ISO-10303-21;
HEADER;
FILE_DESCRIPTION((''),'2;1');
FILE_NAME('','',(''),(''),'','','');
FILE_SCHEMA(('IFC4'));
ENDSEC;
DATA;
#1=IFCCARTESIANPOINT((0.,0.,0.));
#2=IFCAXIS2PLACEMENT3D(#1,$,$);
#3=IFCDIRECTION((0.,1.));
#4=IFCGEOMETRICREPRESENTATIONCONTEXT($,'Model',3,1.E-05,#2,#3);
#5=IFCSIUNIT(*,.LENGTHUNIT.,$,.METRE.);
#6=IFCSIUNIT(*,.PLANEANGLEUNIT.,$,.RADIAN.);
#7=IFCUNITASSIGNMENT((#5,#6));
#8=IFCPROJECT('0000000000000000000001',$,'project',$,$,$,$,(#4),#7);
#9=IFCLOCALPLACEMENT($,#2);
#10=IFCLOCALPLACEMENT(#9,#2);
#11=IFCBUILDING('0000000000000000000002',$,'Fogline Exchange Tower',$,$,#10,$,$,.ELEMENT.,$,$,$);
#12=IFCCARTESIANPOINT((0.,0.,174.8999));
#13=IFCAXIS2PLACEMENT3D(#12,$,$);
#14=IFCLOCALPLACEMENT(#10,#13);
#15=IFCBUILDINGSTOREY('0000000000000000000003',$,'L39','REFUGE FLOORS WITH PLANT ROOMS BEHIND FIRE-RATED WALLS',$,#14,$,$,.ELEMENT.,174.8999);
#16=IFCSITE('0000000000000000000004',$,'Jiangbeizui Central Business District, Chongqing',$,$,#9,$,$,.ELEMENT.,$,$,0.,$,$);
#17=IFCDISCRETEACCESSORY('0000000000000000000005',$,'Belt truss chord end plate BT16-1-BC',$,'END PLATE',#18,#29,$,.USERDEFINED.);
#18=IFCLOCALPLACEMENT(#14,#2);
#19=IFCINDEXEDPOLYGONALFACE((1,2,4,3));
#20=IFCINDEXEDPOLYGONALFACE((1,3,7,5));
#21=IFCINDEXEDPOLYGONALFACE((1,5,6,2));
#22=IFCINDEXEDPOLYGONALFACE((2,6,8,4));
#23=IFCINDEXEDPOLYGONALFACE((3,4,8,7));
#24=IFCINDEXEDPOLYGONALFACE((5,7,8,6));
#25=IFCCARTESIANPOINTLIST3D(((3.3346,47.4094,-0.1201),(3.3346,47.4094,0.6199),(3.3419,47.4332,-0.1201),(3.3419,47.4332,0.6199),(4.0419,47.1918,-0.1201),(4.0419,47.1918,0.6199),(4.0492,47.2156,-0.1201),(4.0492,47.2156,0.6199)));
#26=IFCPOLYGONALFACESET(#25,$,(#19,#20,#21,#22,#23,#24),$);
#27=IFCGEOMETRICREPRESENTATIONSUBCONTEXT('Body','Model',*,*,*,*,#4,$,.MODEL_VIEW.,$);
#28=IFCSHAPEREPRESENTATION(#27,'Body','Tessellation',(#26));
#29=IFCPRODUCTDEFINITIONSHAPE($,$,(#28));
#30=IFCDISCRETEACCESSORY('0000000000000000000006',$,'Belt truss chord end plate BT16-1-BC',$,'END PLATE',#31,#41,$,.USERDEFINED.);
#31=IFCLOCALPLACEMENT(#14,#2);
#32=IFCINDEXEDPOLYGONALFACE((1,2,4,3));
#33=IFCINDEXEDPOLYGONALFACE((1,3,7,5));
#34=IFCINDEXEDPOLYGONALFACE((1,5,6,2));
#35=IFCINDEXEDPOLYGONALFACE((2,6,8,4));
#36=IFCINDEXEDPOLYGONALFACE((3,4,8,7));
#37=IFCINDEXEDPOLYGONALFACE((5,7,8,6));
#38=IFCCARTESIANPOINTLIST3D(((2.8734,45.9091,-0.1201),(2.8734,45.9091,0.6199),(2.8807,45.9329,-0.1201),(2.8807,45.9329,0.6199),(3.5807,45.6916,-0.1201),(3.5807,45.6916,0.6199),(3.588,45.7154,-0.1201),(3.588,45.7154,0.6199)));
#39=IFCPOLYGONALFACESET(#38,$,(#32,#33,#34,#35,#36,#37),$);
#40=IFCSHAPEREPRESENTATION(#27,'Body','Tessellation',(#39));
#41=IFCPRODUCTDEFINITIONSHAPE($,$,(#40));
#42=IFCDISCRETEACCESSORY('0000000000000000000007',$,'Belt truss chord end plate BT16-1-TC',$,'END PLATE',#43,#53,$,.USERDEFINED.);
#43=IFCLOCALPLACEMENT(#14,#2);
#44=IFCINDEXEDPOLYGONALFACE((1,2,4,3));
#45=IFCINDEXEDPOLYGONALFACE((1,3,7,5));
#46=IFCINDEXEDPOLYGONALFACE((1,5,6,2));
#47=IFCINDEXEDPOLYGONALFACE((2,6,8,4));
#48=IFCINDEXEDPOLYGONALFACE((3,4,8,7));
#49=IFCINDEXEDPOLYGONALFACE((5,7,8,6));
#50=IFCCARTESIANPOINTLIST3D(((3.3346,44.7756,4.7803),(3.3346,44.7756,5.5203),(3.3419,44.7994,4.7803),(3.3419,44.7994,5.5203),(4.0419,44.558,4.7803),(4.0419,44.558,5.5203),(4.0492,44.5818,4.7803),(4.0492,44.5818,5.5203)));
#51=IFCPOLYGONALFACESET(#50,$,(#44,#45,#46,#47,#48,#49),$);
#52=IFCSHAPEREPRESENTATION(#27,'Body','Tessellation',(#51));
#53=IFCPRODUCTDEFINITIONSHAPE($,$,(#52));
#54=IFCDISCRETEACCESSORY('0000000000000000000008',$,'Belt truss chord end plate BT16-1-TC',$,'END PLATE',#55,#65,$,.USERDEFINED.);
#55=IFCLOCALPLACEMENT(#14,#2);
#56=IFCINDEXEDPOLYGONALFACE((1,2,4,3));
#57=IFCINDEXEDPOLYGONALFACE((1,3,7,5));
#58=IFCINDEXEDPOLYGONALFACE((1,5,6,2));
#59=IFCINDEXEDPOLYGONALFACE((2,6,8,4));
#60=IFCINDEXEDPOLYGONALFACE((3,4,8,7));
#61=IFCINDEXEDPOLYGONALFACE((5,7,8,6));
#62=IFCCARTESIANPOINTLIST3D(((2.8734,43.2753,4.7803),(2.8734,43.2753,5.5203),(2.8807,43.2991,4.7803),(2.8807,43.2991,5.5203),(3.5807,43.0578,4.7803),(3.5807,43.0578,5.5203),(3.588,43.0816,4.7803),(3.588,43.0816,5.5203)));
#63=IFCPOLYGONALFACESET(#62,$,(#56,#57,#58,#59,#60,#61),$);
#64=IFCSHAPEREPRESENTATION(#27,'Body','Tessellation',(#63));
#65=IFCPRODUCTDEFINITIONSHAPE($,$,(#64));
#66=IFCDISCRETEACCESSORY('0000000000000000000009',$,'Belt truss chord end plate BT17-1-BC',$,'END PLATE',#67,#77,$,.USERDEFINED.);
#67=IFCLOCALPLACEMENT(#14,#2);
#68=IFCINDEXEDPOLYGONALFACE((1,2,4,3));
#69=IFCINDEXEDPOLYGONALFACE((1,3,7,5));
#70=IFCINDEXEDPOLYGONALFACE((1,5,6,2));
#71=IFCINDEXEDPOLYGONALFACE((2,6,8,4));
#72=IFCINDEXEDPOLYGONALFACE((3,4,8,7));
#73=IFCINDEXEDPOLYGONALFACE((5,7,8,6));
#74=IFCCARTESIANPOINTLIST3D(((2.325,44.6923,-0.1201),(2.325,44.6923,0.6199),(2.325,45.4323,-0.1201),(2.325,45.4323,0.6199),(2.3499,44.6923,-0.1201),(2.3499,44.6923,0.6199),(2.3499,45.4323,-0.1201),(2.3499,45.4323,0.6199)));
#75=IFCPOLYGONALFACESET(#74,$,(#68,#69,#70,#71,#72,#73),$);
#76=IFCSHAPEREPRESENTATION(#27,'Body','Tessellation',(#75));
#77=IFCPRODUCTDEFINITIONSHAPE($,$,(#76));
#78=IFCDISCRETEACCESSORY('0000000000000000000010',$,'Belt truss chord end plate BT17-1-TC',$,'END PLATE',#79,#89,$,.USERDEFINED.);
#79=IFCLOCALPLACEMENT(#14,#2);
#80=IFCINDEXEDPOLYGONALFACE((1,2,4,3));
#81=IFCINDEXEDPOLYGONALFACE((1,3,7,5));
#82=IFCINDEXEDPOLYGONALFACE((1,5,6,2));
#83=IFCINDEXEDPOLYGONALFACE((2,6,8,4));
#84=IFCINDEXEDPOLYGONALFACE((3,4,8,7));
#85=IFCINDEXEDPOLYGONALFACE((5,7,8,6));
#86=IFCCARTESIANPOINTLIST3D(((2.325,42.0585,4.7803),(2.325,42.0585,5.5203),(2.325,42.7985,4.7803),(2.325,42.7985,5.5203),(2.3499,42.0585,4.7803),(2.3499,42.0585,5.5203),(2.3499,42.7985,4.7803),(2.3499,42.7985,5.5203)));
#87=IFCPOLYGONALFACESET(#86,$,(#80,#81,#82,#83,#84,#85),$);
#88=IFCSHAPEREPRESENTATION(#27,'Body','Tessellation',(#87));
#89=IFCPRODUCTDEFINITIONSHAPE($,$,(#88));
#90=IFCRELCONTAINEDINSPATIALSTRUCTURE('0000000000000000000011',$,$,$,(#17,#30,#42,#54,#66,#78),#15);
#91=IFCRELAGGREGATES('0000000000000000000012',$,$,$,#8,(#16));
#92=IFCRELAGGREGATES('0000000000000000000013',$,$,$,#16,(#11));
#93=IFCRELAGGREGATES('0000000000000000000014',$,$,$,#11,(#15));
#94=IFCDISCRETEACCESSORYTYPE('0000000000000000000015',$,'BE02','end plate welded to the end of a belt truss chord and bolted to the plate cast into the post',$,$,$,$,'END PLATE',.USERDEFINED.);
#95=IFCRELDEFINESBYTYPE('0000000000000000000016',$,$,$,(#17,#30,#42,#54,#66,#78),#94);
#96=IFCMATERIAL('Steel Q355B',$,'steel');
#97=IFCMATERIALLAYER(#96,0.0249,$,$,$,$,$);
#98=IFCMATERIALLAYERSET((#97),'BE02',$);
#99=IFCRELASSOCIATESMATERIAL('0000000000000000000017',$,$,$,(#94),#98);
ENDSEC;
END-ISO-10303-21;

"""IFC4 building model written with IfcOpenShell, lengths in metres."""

from ifc_helpers import new_model, si_unit, direction, frame, origin, origin_2d, place, context, subcontext, project, spatial, rectangle, extrude, material, layer, layer_set, type_object, element, save


model = new_model("IFC4")

# Units and contexts
model_context = context("Model", 3, precision=1e-05, world=origin(), true_north=direction((0.0, 1.0)))
body_context = subcontext(model_context, "Body", "Model", "MODEL_VIEW")
ifc_project = project(units=[si_unit("LENGTHUNIT", "METRE"), si_unit("PLANEANGLEUNIT", "RADIAN")], contexts=[model_context])

# Site, building, storey
site_placement = place(None, origin())
site = spatial("IfcSite", under=ifc_project, at=site_placement, Name="Jiangbeizui Central Business District, Chongqing", CompositionType="ELEMENT", RefElevation=0.0)
building_placement = place(site_placement, origin())
building = spatial("IfcBuilding", under=site, at=building_placement, Name="Fogline Exchange Tower", CompositionType="ELEMENT")
storey_placement = place(building_placement, frame((0.0, 0.0, 174.8999)))
storey = spatial("IfcBuildingStorey", under=building, at=storey_placement, Name="L39", Description="REFUGE FLOORS WITH PLANT ROOMS BEHIND FIRE-RATED WALLS", CompositionType="ELEMENT", Elevation=174.8999)

# Shared definitions
ifc_material_1 = material(Name="Steel Q355B", Category="steel")

# Discrete accessories
ifc_layer_1 = layer(ifc_material_1, 0.0249)
ifc_layer_set_1 = layer_set([ifc_layer_1], Name="BE02")
discrete_accessory_type = type_object("IfcDiscreteAccessoryType", Name="BE02", Description="end plate welded to the end of a belt truss chord and bolted to the plate cast into the post", ElementType="END PLATE", PredefinedType="USERDEFINED", material=ifc_layer_set_1)
for number, where, z_axis, x_axis, name in (
    (1, (3.6919, 47.3125, -0.1201), (0.0, 0.0, 1.0), (0.293962, 0.955817, 0.0), "Belt truss chord end plate BT16-1-BC"),
    (2, (3.2307, 45.8123, -0.1201), (0.0, 0.0, 1.0), (-0.293962, -0.955817, 0.0), "Belt truss chord end plate BT16-1-BC"),
    (3, (3.6919, 44.6787, 4.7803), (0.0, 0.0, 1.0), (0.293962, 0.955817, 0.0), "Belt truss chord end plate BT16-1-TC"),
    (4, (3.2307, 43.1785, 4.7803), (0.0, 0.0, 1.0), (-0.293962, -0.955817, 0.0), "Belt truss chord end plate BT16-1-TC"),
    (5, (2.3374, 45.0623, -0.1201), (0.0, 0.0, 1.0), (1.0, 0.0, 0.0), "Belt truss chord end plate BT17-1-BC"),
    (6, (2.3374, 42.4285, 4.7803), (0.0, 0.0, 1.0), (1.0, 0.0, 0.0), "Belt truss chord end plate BT17-1-TC"),
):
    element("IfcDiscreteAccessory", number, at=place(storey_placement, frame(where, z_axis=z_axis, x_axis=x_axis)), inside=storey, type_object=discrete_accessory_type, Name=name, ObjectType="END PLATE", PredefinedType="USERDEFINED", context=body_context, shape_type="SweptSolid", body=[
        extrude(rectangle(XDim=0.0249, YDim=0.74, at=origin_2d()), origin(), (0.0, 0.0, 1.0), 0.74),
    ])

save(model, "model.ifc")
